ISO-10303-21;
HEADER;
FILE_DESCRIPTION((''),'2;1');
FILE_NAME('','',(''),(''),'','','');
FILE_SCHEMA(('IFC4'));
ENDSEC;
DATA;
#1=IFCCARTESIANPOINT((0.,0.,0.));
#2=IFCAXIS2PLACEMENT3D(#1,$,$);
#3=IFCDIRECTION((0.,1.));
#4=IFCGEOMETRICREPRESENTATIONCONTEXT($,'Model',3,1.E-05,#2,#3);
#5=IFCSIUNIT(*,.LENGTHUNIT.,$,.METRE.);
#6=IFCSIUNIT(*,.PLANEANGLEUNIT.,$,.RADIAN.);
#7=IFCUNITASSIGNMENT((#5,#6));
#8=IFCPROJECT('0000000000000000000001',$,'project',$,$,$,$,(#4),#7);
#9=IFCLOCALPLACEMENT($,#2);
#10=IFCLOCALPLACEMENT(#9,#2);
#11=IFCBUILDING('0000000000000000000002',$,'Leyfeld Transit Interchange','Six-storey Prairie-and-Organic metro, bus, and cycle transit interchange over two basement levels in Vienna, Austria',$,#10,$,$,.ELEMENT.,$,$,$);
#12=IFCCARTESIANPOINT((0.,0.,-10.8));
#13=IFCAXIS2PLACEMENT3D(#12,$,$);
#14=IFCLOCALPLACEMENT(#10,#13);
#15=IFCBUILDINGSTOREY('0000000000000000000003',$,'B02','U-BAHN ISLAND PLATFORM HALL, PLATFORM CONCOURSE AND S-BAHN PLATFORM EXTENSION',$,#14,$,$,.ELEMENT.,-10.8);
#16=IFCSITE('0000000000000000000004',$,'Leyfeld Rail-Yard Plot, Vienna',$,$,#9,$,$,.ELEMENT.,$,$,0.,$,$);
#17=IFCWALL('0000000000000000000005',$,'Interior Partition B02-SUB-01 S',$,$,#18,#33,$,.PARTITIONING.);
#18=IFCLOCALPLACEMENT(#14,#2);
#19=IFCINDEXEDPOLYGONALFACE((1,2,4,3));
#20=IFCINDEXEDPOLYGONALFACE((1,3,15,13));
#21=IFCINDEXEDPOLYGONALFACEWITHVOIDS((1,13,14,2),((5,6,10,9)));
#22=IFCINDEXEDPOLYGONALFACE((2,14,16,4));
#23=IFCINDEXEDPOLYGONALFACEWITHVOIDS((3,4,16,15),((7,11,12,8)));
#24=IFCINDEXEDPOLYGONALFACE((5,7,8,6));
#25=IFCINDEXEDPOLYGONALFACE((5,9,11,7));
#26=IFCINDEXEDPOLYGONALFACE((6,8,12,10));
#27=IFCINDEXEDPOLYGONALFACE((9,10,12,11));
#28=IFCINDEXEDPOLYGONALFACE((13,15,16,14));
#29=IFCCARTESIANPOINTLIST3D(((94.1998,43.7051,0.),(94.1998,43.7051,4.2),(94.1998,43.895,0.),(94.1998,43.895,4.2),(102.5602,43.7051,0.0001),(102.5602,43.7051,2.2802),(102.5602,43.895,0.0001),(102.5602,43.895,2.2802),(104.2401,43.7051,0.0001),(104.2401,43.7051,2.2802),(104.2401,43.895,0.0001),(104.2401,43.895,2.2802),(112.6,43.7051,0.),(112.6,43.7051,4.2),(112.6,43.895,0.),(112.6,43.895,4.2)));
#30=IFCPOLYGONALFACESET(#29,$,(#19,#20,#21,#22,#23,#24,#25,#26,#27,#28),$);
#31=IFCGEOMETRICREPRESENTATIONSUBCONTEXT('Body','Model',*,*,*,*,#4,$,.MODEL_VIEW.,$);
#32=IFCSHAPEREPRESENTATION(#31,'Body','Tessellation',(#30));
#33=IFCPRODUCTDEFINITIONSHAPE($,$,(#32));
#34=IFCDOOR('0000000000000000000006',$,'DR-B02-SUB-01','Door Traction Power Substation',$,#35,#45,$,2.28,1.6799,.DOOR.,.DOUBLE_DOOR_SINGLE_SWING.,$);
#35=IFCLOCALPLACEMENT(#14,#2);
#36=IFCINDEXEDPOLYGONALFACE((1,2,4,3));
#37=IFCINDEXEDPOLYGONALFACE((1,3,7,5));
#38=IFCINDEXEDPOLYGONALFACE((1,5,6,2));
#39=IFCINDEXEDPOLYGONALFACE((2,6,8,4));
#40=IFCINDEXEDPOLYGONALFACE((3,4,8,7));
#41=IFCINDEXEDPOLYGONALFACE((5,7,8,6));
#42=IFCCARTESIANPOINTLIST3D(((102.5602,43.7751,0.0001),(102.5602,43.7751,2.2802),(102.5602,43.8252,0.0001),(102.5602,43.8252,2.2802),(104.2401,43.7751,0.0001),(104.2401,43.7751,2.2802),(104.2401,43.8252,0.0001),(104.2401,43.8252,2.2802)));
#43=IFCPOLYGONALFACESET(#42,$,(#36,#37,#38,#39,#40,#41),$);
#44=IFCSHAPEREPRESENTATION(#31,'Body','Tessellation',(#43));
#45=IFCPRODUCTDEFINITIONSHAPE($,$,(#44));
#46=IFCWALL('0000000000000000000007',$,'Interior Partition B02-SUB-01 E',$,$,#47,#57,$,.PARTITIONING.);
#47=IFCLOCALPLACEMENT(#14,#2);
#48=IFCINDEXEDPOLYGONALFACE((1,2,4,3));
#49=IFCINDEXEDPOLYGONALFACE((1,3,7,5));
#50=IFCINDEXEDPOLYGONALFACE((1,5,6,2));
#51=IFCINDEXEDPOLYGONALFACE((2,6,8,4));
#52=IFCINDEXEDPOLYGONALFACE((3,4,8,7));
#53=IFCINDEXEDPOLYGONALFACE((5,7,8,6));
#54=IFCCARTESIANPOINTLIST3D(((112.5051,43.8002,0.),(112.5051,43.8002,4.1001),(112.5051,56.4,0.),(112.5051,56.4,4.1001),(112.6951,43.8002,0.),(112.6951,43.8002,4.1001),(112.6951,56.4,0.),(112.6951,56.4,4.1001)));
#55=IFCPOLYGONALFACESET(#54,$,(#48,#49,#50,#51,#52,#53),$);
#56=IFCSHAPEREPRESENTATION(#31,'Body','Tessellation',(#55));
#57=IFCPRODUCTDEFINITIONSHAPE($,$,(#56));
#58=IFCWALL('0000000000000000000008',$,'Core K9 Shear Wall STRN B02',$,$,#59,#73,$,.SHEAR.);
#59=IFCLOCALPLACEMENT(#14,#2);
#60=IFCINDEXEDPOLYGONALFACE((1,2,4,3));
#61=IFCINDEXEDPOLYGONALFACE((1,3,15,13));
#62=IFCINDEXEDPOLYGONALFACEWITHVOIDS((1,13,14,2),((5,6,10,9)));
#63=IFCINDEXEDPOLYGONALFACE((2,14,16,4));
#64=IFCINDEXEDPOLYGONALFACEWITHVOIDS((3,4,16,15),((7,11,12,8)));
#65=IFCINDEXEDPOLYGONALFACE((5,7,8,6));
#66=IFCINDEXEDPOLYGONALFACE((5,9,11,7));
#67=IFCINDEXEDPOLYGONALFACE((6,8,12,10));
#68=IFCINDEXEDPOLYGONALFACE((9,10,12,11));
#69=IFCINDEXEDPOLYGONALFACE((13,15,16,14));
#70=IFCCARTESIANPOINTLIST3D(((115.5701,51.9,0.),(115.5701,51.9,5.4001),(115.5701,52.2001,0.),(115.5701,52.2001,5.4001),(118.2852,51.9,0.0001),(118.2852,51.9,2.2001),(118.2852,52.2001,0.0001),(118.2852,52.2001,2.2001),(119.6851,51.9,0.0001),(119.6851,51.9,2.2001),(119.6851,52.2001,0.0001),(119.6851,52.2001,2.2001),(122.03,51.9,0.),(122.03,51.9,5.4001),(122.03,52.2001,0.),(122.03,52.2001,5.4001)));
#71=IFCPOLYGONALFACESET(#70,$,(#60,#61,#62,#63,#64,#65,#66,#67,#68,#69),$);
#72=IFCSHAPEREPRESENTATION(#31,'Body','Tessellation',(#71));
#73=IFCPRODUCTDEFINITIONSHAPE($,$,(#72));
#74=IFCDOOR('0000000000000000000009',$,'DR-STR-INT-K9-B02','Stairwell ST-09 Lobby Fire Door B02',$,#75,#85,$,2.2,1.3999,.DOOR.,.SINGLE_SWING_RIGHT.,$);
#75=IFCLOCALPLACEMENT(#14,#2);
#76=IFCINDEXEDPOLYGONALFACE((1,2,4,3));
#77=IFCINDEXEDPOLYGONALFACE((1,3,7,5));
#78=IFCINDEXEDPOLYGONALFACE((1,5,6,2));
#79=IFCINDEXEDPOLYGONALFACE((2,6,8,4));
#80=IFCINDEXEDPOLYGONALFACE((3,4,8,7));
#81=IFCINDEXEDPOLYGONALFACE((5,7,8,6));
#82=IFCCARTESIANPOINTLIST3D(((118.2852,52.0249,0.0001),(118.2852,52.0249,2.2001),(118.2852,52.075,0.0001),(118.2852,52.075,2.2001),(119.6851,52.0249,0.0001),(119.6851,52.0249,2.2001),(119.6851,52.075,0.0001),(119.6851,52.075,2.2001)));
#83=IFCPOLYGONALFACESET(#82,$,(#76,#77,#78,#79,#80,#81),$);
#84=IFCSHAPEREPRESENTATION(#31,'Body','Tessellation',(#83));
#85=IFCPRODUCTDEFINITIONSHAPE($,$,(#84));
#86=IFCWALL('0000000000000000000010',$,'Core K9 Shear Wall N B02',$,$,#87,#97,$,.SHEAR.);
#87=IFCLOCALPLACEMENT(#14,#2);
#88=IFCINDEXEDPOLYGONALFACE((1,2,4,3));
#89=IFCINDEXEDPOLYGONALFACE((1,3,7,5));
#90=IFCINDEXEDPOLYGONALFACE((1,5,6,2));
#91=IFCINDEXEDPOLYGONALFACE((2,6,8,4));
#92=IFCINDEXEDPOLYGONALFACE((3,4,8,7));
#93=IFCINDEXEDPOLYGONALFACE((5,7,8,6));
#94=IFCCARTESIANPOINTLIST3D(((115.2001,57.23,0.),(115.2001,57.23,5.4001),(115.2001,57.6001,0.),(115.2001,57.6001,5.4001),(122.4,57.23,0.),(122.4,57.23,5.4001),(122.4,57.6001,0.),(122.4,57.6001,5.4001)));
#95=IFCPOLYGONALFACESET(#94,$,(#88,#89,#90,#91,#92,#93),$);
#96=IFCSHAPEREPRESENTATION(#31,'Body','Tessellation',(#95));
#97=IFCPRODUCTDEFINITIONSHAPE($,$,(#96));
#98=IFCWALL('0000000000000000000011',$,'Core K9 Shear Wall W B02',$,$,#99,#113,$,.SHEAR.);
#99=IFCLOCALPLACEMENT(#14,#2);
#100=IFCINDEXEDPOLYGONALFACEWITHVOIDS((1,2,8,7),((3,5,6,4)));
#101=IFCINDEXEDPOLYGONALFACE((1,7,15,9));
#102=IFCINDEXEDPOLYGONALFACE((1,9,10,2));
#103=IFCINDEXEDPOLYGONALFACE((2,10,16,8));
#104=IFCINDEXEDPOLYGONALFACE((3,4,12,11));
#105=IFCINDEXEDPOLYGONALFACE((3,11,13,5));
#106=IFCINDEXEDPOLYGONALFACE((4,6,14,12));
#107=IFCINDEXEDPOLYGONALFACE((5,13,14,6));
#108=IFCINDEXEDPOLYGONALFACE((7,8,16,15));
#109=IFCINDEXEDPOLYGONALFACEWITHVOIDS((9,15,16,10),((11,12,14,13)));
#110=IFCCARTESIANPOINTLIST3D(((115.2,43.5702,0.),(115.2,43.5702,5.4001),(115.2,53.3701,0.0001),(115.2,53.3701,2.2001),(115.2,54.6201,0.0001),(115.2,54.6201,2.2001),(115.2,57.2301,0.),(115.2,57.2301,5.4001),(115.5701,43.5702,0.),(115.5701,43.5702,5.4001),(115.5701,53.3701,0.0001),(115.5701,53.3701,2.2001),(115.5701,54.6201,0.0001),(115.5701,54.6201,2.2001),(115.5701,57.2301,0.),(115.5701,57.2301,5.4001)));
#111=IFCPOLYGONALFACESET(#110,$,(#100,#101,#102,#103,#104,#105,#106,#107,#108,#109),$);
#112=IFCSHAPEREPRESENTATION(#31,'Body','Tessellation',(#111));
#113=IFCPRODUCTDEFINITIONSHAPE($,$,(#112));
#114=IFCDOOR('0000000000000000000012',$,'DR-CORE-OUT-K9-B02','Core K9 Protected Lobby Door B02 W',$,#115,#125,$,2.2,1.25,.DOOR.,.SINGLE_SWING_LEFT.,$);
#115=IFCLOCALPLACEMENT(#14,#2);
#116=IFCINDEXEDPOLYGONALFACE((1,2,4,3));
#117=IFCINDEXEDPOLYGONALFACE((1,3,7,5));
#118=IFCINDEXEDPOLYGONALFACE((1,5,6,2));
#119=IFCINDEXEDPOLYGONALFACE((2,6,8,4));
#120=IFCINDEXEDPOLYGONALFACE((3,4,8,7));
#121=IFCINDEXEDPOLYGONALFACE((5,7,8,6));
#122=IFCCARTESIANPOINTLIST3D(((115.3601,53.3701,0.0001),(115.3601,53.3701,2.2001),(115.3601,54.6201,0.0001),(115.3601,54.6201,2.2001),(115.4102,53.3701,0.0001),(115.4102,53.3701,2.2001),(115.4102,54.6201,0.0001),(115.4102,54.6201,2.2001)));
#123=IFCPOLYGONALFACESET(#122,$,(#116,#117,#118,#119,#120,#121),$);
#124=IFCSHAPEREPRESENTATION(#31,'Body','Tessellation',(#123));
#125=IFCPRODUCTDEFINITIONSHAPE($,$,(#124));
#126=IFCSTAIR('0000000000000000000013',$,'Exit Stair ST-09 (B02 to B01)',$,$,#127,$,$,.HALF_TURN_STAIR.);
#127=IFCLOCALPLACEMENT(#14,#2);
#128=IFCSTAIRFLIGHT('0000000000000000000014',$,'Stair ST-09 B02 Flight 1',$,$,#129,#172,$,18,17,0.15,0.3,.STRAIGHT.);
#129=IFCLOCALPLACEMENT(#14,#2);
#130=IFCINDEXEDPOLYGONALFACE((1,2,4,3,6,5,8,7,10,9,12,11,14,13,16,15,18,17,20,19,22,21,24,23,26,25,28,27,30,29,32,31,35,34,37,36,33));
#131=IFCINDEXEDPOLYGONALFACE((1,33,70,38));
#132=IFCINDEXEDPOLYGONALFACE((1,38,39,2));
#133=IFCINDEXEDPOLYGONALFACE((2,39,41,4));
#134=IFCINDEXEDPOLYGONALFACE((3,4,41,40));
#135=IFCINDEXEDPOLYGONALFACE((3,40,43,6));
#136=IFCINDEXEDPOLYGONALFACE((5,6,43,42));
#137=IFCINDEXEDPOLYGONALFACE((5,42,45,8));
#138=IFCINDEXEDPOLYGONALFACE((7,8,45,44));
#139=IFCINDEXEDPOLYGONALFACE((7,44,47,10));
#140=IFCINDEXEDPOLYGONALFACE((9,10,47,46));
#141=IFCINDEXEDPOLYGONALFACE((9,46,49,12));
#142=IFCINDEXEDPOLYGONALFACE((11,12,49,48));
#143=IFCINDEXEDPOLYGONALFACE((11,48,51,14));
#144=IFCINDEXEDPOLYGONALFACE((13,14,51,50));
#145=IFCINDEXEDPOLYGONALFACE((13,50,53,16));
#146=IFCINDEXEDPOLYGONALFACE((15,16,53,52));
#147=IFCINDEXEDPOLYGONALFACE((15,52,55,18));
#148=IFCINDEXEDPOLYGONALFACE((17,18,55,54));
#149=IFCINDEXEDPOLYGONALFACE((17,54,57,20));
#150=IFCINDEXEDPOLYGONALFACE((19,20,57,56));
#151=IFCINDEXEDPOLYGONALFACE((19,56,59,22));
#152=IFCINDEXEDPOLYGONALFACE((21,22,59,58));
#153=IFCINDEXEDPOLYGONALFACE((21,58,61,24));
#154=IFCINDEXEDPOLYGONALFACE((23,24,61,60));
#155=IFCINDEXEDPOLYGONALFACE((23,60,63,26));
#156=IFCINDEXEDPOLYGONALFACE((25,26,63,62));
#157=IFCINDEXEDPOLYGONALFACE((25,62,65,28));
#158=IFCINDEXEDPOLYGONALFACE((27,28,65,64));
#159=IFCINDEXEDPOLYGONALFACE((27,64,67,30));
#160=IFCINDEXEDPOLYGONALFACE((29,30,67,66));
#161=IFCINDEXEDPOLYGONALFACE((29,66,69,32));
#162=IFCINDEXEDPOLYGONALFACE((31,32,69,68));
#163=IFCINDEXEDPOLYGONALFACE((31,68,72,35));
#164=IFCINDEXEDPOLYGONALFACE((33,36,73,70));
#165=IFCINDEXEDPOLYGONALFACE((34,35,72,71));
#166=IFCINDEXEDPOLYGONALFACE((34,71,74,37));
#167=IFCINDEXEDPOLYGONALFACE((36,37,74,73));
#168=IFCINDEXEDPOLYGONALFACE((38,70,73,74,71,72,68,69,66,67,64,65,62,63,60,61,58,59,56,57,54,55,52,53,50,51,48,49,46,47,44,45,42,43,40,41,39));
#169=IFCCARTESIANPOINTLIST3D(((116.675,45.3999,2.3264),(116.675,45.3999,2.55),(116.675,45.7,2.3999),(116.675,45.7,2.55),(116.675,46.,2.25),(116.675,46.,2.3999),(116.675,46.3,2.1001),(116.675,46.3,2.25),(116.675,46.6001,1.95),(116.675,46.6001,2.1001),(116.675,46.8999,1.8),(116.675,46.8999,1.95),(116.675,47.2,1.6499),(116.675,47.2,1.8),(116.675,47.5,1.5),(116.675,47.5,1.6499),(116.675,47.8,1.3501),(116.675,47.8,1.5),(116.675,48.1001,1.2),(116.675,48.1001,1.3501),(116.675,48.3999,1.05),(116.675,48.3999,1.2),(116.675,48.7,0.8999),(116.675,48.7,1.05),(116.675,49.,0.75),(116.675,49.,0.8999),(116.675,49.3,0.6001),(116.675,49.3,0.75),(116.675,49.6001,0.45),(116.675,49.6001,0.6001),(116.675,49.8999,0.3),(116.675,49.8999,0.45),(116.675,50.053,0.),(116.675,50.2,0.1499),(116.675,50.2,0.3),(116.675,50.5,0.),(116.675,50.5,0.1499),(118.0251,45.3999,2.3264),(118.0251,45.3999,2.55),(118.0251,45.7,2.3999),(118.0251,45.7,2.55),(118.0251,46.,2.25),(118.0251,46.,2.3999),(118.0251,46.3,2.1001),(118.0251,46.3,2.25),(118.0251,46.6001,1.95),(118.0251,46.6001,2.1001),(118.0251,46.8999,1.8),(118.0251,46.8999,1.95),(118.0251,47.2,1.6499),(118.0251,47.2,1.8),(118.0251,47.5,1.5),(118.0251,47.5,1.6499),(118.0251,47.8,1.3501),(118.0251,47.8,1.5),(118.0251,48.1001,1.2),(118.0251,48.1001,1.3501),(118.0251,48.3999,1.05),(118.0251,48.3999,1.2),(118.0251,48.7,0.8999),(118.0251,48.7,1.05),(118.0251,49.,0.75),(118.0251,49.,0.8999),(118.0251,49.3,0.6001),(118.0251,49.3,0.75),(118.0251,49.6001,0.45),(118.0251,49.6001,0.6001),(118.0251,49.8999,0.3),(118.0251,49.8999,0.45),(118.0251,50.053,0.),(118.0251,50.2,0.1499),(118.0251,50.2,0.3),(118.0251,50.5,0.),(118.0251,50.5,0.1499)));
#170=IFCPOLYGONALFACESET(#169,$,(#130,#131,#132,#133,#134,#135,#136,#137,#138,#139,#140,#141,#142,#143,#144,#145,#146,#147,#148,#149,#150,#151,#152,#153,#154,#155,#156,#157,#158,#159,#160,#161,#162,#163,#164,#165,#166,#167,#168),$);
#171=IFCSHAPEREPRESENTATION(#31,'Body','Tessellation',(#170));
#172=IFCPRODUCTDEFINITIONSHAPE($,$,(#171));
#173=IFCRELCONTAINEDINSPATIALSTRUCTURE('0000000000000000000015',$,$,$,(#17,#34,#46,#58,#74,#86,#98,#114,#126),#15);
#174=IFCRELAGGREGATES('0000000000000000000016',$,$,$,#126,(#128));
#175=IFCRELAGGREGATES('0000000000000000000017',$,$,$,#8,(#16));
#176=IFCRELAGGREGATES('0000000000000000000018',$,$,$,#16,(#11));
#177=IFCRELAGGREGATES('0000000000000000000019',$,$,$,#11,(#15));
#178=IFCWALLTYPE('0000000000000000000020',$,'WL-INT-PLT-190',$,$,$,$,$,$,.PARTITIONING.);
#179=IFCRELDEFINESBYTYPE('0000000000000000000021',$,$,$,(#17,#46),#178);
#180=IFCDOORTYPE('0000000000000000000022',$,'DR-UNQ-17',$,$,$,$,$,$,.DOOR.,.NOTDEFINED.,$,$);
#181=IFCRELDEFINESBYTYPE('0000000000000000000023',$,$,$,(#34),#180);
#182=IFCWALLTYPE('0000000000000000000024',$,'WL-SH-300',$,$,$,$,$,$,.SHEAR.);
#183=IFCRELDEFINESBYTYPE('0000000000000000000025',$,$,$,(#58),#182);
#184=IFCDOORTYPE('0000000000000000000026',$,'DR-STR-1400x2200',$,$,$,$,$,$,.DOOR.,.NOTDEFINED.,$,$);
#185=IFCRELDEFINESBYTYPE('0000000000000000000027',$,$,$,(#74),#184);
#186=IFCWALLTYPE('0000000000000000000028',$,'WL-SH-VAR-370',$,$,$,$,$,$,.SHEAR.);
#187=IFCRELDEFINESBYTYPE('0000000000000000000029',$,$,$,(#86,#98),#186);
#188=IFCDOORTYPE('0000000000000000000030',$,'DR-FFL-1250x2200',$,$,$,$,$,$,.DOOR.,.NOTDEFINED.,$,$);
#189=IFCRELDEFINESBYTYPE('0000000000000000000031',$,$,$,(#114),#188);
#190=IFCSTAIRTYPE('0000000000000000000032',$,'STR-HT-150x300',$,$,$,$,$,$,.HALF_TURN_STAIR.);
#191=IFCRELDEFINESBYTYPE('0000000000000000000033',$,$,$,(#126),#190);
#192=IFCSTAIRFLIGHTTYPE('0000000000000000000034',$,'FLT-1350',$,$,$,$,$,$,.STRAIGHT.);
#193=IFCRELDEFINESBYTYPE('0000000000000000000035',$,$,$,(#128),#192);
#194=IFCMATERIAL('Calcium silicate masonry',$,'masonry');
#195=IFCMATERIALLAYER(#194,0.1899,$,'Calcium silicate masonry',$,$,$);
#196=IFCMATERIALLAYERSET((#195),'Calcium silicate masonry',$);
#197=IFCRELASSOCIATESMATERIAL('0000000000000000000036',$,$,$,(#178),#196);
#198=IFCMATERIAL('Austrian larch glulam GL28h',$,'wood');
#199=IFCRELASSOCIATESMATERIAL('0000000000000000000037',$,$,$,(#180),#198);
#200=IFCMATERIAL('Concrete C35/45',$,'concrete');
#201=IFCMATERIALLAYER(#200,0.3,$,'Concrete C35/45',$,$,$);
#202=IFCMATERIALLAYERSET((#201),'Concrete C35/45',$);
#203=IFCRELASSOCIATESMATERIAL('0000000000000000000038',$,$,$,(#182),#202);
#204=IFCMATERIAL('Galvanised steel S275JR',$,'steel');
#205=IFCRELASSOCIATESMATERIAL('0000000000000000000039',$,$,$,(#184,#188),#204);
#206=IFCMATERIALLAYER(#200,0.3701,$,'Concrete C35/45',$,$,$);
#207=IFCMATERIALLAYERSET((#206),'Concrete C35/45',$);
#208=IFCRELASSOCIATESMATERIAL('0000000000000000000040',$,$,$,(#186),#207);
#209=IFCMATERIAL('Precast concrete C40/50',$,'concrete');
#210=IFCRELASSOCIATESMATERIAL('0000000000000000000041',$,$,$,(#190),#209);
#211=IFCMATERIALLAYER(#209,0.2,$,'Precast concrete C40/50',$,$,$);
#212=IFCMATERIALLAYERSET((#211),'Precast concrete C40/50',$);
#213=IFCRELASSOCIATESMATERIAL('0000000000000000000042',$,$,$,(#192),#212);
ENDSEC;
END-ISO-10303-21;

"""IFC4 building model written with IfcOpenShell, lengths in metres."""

from ifc_helpers import new_model, si_unit, direction, frame, frame_2d, origin, place, context, subcontext, project, spatial, polyline, rectangle, outline, extrude, material, layer, layer_set, type_object, element, fill, aggregate, save


model = new_model("IFC4")

# Units and contexts
model_context = context("Model", 3, precision=1e-05, world=origin(), true_north=direction((0.0, 1.0)))
body_context = subcontext(model_context, "Body", "Model", "MODEL_VIEW")
ifc_project = project(units=[si_unit("LENGTHUNIT", "METRE"), si_unit("PLANEANGLEUNIT", "RADIAN")], contexts=[model_context])

# Site, building, storey
site_placement = place(None, origin())
site = spatial("IfcSite", under=ifc_project, at=site_placement, Name="Leyfeld Rail-Yard Plot, Vienna", CompositionType="ELEMENT", RefElevation=0.0)
building_placement = place(site_placement, origin())
building = spatial("IfcBuilding", under=site, at=building_placement, Name="Leyfeld Transit Interchange", Description="Six-storey Prairie-and-Organic metro, bus, and cycle transit interchange over two basement levels in Vienna, Austria", CompositionType="ELEMENT")
storey_placement = place(building_placement, frame((0.0, 0.0, -10.8)))
storey = spatial("IfcBuildingStorey", under=building, at=storey_placement, Name="B02", Description="U-BAHN ISLAND PLATFORM HALL, PLATFORM CONCOURSE AND S-BAHN PLATFORM EXTENSION", CompositionType="ELEMENT", Elevation=-10.8)

# Shared definitions
ifc_material_1 = material(Name="Concrete C35/45", Category="concrete")

# Wall, opening, door
ifc_material_2 = material(Name="Calcium silicate masonry", Category="masonry")
ifc_layer_1 = layer(ifc_material_2, 0.1899, Name="Calcium silicate masonry")
ifc_layer_set_1 = layer_set([ifc_layer_1], Name="Calcium silicate masonry")
wall_type_1 = type_object("IfcWallType", Name="WL-INT-PLT-190", PredefinedType="PARTITIONING", material=ifc_layer_set_1)
wall_1_placement = place(storey_placement, frame((112.6001, 43.8, 0.0), z_axis=(0.0, 0.0, 1.0), x_axis=(-1.0, 0.0, 0.0)))
wall_1 = element("IfcWall", 1, at=wall_1_placement, inside=storey, type_object=wall_type_1, Name="Interior Partition B02-SUB-01 S", PredefinedType="PARTITIONING", context=body_context, shape_type="SweptSolid", body=[
    extrude(rectangle(XDim=18.4001, YDim=0.1899, at=frame_2d((9.2002, 0.0))), origin(), (0.0, 0.0, 1.0), 4.2),
])
opening_1_placement = place(wall_1_placement, frame((8.3601, 0.0, 0.0)))
opening_1 = element("IfcOpeningElement", 2, at=opening_1_placement, cuts=wall_1, PredefinedType="OPENING", context=body_context, shape_type="SweptSolid", body=[
    extrude(rectangle(XDim=1.6799, YDim=2.28, at=frame_2d((0.8398, 1.1401))), frame((0.0, 0.105, 0.0), z_axis=(0.0, -1.0, 0.0), x_axis=(1.0, 0.0, 0.0)), (0.0, 0.0, 1.0), 0.21),
])
ifc_material_3 = material(Name="Austrian larch glulam GL28h", Category="wood")
door_type_1 = type_object("IfcDoorType", Name="DR-UNQ-17", OperationType="NOTDEFINED", PredefinedType="DOOR", material=ifc_material_3)
door_1_placement = place(opening_1_placement, origin())
door_1 = element("IfcDoor", 3, at=door_1_placement, inside=storey, type_object=door_type_1, Name="DR-B02-SUB-01", Description="Door Traction Power Substation", OperationType="DOUBLE_DOOR_SINGLE_SWING", OverallHeight=2.28, OverallWidth=1.6799, PredefinedType="DOOR", context=body_context, shape_type="SweptSolid", body=[
    extrude(rectangle(XDim=1.6799, YDim=2.28, at=frame_2d((0.8398, 1.1401))), frame((0.0, 0.0249, 0.0), z_axis=(0.0, -1.0, 0.0), x_axis=(1.0, 0.0, 0.0)), (0.0, 0.0, 1.0), 0.05),
])
fill(opening_1, door_1)

# Wall
wall_2_placement = place(storey_placement, frame((112.6001, 56.3999, 0.0), z_axis=(0.0, 0.0, 1.0), x_axis=(0.0, -1.0, 0.0)))
element("IfcWall", 4, at=wall_2_placement, inside=storey, type_object=wall_type_1, Name="Interior Partition B02-SUB-01 E", PredefinedType="PARTITIONING", context=body_context, shape_type="SweptSolid", body=[
    extrude(rectangle(XDim=12.5999, YDim=0.1899, at=frame_2d((6.2998, 0.0))), origin(), (0.0, 0.0, 1.0), 4.1001),
])

# Wall, opening, door
ifc_layer_2 = layer(ifc_material_1, 0.3, Name="Concrete C35/45")
ifc_layer_set_2 = layer_set([ifc_layer_2], Name="Concrete C35/45")
wall_type_2 = type_object("IfcWallType", Name="WL-SH-300", PredefinedType="SHEAR", material=ifc_layer_set_2)
wall_3_placement = place(storey_placement, frame((115.5701, 52.05, 0.0), z_axis=(0.0, 0.0, 1.0), x_axis=(1.0, 0.0, 0.0)))
wall_3 = element("IfcWall", 5, at=wall_3_placement, inside=storey, type_object=wall_type_2, Name="Core K9 Shear Wall STRN B02", PredefinedType="SHEAR", context=body_context, shape_type="SweptSolid", body=[
    extrude(rectangle(XDim=6.46, YDim=0.3, at=frame_2d((3.23, 0.0))), origin(), (0.0, 0.0, 1.0), 5.4001),
])
opening_2_placement = place(wall_3_placement, frame((2.7151, 0.0, 0.0)))
opening_2 = element("IfcOpeningElement", 6, at=opening_2_placement, cuts=wall_3, PredefinedType="OPENING", context=body_context, shape_type="SweptSolid", body=[
    extrude(rectangle(XDim=1.3999, YDim=2.2, at=frame_2d((0.7, 1.1001))), frame((0.0, 0.1599, 0.0), z_axis=(0.0, -1.0, 0.0), x_axis=(1.0, 0.0, 0.0)), (0.0, 0.0, 1.0), 0.3201),
])
ifc_material_4 = material(Name="Galvanised steel S275JR", Category="steel")
door_type_2 = type_object("IfcDoorType", Name="DR-STR-1400x2200", OperationType="NOTDEFINED", PredefinedType="DOOR", material=ifc_material_4)
door_2_placement = place(opening_2_placement, origin())
door_2 = element("IfcDoor", 7, at=door_2_placement, inside=storey, type_object=door_type_2, Name="DR-STR-INT-K9-B02", Description="Stairwell ST-09 Lobby Fire Door B02", OperationType="SINGLE_SWING_RIGHT", OverallHeight=2.2, OverallWidth=1.3999, PredefinedType="DOOR", context=body_context, shape_type="SweptSolid", body=[
    extrude(rectangle(XDim=1.3999, YDim=2.2, at=frame_2d((0.7, 1.1001))), frame((0.0, 0.0249, 0.0), z_axis=(0.0, -1.0, 0.0), x_axis=(1.0, 0.0, 0.0)), (0.0, 0.0, 1.0), 0.05),
])
fill(opening_2, door_2)

# Wall
ifc_layer_3 = layer(ifc_material_1, 0.3701, Name="Concrete C35/45")
ifc_layer_set_3 = layer_set([ifc_layer_3], Name="Concrete C35/45")
wall_type_3 = type_object("IfcWallType", Name="WL-SH-VAR-370", PredefinedType="SHEAR", material=ifc_layer_set_3)
wall_4_placement = place(storey_placement, frame((115.2, 57.415, 0.0), z_axis=(0.0, 0.0, 1.0), x_axis=(1.0, 0.0, 0.0)))
element("IfcWall", 8, at=wall_4_placement, inside=storey, type_object=wall_type_3, Name="Core K9 Shear Wall N B02", PredefinedType="SHEAR", context=body_context, shape_type="SweptSolid", body=[
    extrude(rectangle(XDim=7.2, YDim=0.3701, at=frame_2d((3.6001, 0.0))), origin(), (0.0, 0.0, 1.0), 5.4001),
])

# Wall, opening, door
wall_5_placement = place(storey_placement, frame((115.385, 43.5701, 0.0), z_axis=(0.0, 0.0, 1.0), x_axis=(0.0, 1.0, 0.0)))
wall_5 = element("IfcWall", 9, at=wall_5_placement, inside=storey, type_object=wall_type_3, Name="Core K9 Shear Wall W B02", PredefinedType="SHEAR", context=body_context, shape_type="SweptSolid", body=[
    extrude(rectangle(XDim=13.6599, YDim=0.3701, at=frame_2d((6.8301, 0.0))), origin(), (0.0, 0.0, 1.0), 5.4001),
])
opening_3_placement = place(wall_5_placement, frame((9.8, 0.0, 0.0)))
opening_3 = element("IfcOpeningElement", 10, at=opening_3_placement, cuts=wall_5, PredefinedType="OPENING", context=body_context, shape_type="SweptSolid", body=[
    extrude(rectangle(XDim=1.25, YDim=2.2, at=frame_2d((0.625, 1.1001))), frame((0.0, 0.1951, 0.0), z_axis=(0.0, -1.0, 0.0), x_axis=(1.0, 0.0, 0.0)), (0.0, 0.0, 1.0), 0.3901),
])
door_type_3 = type_object("IfcDoorType", Name="DR-FFL-1250x2200", OperationType="NOTDEFINED", PredefinedType="DOOR", material=ifc_material_4)
door_3_placement = place(opening_3_placement, origin())
door_3 = element("IfcDoor", 11, at=door_3_placement, inside=storey, type_object=door_type_3, Name="DR-CORE-OUT-K9-B02", Description="Core K9 Protected Lobby Door B02 W", OperationType="SINGLE_SWING_LEFT", OverallHeight=2.2, OverallWidth=1.25, PredefinedType="DOOR", context=body_context, shape_type="SweptSolid", body=[
    extrude(rectangle(XDim=1.25, YDim=2.2, at=frame_2d((0.625, 1.1001))), frame((0.0, 0.0249, 0.0), z_axis=(0.0, -1.0, 0.0), x_axis=(1.0, 0.0, 0.0)), (0.0, 0.0, 1.0), 0.05),
])
fill(opening_3, door_3)

# Stair, stair flight
ifc_material_5 = material(Name="Precast concrete C40/50", Category="concrete")
stair_type = type_object("IfcStairType", Name="STR-HT-150x300", PredefinedType="HALF_TURN_STAIR", material=ifc_material_5)
stair_placement = place(storey_placement, origin())
stair = element("IfcStair", 12, at=stair_placement, inside=storey, type_object=stair_type, Name="Exit Stair ST-09 (B02 to B01)", PredefinedType="HALF_TURN_STAIR")
ifc_layer_4 = layer(ifc_material_5, 0.2, Name="Precast concrete C40/50")
ifc_layer_set_4 = layer_set([ifc_layer_4], Name="Precast concrete C40/50")
stair_flight_type = type_object("IfcStairFlightType", Name="FLT-1350", PredefinedType="STRAIGHT", material=ifc_layer_set_4)
stair_flight_placement = place(storey_placement, frame((117.3501, 50.5, 0.0), z_axis=(0.0, 0.0, 1.0), x_axis=(0.0, -1.0, 0.0)))
stair_flight = element("IfcStairFlight", 13, at=stair_flight_placement, type_object=stair_flight_type, Name="Stair ST-09 B02 Flight 1", NumberOfRisers=18, NumberOfTreads=17, PredefinedType="STRAIGHT", RiserHeight=0.15, TreadLength=0.3, context=body_context, shape_type="SweptSolid", body=[
    extrude(outline(polyline([(0.0, 0.0), (0.0, 0.1499), (0.3, 0.1499), (0.3, 0.3), (0.6001, 0.3), (0.6001, 0.45), (0.8999, 0.45), (0.8999, 0.6001), (1.2, 0.6001), (1.2, 0.75), (1.5, 0.75), (1.5, 0.8999), (1.8, 0.8999), (1.8, 1.05), (2.1001, 1.05), (2.1001, 1.2), (2.3999, 1.2), (2.3999, 1.3501), (2.7, 1.3501), (2.7, 1.5), (3.0, 1.5), (3.0, 1.6499), (3.3, 1.6499), (3.3, 1.8), (3.6001, 1.8), (3.6001, 1.95), (3.8999, 1.95), (3.8999, 2.1001), (4.2, 2.1001), (4.2, 2.25), (4.5, 2.25), (4.5, 2.3999), (4.8, 2.3999), (4.8, 2.55), (5.1001, 2.55), (5.1001, 2.7), (5.1001, 2.3264), (0.447, 0.0), (0.0, 0.0)])), frame((0.0, 0.675, 0.0), z_axis=(0.0, -1.0, 0.0), x_axis=(1.0, 0.0, 0.0)), (0.0, 0.0, 1.0), 1.3501),
])
aggregate(stair, [stair_flight])

save(model, "model.ifc")
